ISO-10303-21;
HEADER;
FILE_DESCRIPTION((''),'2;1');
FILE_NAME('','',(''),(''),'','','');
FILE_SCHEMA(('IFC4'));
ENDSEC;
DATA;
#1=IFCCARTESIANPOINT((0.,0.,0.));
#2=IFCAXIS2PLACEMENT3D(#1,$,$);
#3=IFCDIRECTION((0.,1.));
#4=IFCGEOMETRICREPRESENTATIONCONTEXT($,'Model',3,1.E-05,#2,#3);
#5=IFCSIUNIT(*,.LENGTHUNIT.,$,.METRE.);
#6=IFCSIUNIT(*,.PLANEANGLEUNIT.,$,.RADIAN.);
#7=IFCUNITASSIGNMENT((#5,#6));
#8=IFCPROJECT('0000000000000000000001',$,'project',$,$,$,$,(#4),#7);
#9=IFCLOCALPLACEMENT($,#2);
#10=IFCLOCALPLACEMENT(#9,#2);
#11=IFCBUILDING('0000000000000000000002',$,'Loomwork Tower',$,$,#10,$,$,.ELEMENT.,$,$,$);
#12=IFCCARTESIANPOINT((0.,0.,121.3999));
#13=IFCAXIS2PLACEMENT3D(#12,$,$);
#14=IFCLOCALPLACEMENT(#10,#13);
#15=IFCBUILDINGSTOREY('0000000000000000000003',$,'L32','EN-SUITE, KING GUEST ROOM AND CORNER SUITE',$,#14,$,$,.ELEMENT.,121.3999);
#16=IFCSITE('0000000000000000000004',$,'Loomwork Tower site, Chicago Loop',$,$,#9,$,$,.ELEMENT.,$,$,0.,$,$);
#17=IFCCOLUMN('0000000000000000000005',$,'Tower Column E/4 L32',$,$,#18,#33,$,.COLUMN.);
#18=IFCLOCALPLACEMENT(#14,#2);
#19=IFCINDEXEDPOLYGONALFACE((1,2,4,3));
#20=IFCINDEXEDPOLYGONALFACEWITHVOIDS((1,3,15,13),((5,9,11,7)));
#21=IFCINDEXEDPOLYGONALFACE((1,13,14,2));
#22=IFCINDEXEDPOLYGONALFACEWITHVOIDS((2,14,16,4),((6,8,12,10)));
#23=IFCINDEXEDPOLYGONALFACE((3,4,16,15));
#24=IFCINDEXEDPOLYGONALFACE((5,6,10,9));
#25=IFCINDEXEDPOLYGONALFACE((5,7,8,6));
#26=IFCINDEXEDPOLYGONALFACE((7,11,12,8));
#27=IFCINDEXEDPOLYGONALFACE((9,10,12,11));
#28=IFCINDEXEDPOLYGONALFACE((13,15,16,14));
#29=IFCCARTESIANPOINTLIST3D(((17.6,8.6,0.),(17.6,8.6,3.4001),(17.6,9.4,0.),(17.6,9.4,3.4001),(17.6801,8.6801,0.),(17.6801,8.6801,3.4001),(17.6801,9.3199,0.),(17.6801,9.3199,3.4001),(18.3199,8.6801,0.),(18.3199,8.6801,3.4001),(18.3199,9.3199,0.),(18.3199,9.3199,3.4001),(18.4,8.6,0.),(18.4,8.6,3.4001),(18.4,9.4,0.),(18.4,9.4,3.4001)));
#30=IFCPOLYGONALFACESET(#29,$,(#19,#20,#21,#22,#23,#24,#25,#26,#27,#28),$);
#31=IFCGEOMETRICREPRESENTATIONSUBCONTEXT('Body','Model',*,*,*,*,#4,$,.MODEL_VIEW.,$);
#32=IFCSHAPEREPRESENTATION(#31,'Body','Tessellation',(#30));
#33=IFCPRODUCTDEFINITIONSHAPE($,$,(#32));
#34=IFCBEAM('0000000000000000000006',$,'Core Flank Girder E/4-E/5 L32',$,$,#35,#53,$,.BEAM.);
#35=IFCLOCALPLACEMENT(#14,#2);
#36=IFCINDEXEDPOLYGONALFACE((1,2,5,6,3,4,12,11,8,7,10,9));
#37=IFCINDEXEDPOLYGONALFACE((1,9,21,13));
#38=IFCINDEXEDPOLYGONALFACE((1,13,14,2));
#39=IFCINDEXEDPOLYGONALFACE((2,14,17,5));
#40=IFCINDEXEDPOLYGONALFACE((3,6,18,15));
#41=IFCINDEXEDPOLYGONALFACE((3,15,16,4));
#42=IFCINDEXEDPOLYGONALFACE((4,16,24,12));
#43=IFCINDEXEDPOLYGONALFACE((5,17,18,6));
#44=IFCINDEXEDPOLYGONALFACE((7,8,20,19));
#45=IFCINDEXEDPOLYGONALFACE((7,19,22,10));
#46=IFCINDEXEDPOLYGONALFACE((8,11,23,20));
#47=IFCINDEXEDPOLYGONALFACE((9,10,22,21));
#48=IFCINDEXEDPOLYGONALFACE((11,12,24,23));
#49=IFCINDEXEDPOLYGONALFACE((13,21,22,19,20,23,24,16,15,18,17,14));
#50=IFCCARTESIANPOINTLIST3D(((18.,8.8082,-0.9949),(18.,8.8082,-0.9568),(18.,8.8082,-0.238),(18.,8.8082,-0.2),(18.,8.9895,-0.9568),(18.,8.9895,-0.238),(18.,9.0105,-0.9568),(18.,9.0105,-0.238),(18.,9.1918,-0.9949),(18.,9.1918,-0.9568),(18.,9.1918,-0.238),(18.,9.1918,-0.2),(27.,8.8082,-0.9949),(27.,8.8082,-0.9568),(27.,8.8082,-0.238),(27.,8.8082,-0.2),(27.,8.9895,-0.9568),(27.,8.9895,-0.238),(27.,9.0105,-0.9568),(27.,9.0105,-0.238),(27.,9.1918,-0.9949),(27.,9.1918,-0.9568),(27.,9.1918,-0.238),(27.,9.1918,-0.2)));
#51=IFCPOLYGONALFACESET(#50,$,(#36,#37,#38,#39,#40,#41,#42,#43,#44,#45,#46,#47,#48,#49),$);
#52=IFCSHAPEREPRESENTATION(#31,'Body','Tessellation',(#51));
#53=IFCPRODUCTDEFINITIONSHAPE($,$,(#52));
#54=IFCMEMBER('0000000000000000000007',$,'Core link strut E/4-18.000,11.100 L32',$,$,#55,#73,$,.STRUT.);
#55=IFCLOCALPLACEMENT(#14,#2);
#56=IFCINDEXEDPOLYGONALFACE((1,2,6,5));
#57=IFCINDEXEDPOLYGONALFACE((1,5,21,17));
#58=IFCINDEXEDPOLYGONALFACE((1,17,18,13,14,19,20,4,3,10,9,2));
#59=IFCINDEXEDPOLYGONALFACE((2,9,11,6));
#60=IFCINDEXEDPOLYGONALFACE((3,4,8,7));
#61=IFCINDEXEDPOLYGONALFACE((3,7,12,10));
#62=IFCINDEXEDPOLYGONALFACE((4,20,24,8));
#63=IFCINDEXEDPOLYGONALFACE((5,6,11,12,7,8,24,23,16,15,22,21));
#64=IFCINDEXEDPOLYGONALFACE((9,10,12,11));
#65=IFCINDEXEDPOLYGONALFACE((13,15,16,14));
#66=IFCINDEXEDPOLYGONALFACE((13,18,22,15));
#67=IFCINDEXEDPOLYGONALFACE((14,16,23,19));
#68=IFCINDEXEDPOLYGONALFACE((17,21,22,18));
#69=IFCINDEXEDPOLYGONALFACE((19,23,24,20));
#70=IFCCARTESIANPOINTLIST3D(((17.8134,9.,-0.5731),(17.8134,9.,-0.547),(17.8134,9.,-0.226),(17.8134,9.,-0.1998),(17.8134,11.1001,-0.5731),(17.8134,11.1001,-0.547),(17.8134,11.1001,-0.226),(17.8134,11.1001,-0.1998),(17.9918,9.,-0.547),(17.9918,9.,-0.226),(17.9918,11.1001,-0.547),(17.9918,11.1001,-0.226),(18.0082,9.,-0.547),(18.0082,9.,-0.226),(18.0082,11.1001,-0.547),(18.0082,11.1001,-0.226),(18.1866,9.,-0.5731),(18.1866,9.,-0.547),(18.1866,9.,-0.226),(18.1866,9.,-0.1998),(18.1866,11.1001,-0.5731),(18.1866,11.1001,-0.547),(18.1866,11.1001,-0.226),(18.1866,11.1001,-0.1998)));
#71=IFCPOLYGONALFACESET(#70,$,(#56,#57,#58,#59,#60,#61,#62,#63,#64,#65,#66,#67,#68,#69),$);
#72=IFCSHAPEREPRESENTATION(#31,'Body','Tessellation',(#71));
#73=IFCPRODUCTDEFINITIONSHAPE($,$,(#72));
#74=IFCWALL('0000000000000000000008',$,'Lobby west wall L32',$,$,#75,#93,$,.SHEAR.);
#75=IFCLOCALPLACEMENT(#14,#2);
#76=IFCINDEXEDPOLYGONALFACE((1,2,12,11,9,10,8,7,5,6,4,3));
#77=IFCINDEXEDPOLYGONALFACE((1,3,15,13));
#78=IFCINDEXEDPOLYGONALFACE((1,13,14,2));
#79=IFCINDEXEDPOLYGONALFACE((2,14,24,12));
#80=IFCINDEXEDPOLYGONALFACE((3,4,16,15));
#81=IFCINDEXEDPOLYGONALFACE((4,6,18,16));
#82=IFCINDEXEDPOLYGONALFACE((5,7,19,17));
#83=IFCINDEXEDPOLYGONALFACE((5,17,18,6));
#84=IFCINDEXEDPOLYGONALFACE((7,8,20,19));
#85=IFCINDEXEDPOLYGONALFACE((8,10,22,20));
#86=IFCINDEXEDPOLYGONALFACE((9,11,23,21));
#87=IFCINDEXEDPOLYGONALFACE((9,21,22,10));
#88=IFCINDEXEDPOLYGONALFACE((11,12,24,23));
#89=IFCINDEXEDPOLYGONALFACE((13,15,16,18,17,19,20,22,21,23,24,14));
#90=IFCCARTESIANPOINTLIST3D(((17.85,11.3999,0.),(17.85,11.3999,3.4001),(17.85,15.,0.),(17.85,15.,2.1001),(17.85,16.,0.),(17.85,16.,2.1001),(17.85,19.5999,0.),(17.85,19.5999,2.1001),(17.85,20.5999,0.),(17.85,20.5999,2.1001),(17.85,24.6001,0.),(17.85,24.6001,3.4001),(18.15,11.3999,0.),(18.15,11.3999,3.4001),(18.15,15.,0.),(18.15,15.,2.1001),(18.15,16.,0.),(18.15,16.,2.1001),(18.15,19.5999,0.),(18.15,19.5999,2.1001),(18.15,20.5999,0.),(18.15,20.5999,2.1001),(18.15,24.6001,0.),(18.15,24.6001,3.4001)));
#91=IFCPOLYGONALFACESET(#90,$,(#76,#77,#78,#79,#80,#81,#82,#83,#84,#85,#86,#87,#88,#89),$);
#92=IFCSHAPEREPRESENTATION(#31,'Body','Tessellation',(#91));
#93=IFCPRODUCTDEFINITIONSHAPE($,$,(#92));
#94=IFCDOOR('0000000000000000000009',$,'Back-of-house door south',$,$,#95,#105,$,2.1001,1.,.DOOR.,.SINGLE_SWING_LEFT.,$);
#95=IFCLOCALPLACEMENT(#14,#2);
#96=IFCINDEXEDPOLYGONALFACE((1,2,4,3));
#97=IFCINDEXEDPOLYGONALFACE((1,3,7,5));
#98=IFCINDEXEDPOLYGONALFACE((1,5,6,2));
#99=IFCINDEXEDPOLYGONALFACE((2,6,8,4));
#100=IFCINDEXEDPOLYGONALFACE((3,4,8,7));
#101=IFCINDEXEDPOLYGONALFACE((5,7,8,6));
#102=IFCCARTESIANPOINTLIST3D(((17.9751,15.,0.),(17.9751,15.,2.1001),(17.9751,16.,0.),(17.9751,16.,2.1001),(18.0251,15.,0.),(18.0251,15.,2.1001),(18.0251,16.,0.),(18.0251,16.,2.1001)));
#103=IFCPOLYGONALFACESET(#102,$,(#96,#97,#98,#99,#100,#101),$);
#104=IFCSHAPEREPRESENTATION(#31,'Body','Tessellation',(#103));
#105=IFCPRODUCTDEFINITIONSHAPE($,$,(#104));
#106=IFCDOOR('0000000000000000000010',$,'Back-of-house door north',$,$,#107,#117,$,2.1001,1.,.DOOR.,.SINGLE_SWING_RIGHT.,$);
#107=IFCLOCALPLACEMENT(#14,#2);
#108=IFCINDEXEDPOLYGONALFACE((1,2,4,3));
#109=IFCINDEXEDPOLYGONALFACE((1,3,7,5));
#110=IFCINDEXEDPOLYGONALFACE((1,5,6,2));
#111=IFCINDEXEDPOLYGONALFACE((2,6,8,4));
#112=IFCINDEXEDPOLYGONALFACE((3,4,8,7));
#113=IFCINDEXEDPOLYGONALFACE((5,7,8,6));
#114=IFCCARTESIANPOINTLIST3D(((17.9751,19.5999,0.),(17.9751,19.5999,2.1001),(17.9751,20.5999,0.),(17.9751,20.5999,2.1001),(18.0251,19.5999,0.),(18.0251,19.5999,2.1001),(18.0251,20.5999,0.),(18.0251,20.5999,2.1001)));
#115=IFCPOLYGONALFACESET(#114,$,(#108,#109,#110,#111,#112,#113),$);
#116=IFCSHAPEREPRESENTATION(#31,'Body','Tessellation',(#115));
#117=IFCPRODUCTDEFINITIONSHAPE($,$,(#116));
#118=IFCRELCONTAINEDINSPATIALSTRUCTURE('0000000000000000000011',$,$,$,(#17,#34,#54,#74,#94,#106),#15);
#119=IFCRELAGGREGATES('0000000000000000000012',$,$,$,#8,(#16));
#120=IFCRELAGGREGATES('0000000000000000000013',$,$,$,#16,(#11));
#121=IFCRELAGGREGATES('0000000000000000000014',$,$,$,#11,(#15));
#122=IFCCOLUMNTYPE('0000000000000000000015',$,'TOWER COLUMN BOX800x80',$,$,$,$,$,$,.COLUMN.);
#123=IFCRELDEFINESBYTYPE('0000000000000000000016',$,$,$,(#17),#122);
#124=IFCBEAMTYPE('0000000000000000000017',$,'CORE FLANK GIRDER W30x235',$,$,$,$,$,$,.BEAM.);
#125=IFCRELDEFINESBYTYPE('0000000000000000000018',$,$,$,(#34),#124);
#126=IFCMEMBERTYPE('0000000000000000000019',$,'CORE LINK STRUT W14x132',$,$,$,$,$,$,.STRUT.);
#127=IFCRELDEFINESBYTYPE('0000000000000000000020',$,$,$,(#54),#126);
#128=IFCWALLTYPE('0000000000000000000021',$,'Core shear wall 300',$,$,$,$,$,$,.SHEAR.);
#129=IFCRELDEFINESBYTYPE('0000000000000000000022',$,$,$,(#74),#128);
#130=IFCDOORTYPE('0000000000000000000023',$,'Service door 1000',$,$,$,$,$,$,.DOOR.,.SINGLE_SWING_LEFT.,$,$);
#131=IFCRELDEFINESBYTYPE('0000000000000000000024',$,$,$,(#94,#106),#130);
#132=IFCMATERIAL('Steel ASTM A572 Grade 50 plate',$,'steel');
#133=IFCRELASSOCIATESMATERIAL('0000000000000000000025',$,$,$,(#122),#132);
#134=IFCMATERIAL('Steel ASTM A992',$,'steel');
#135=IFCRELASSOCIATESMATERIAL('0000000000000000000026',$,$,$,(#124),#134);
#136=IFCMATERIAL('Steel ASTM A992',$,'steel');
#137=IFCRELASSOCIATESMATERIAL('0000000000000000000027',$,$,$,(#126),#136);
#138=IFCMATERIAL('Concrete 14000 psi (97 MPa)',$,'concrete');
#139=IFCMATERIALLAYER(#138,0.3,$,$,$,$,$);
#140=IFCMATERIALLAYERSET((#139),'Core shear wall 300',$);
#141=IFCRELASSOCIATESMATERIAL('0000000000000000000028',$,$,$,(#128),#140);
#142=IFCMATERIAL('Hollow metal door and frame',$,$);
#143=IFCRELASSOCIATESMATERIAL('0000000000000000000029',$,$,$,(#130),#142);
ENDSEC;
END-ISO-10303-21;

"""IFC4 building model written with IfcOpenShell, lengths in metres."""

from ifc_helpers import new_model, si_unit, direction, frame, frame_2d, origin, origin_2d, place, context, subcontext, project, spatial, rectangle, hollow_rectangle, i_section, extrude, material, layer, layer_set, material_profile, profile_set, type_object, element, fill, save


model = new_model("IFC4")

# Units and contexts
model_context = context("Model", 3, precision=1e-05, world=origin(), true_north=direction((0.0, 1.0)))
body_context = subcontext(model_context, "Body", "Model", "MODEL_VIEW")
ifc_project = project(units=[si_unit("LENGTHUNIT", "METRE"), si_unit("PLANEANGLEUNIT", "RADIAN")], contexts=[model_context])

# Site, building, storey
site_placement = place(None, origin())
site = spatial("IfcSite", under=ifc_project, at=site_placement, Name="Loomwork Tower site, Chicago Loop", CompositionType="ELEMENT", RefElevation=0.0)
building_placement = place(site_placement, origin())
building = spatial("IfcBuilding", under=site, at=building_placement, Name="Loomwork Tower", CompositionType="ELEMENT")
storey_placement = place(building_placement, frame((0.0, 0.0, 121.3999)))
storey = spatial("IfcBuildingStorey", under=building, at=storey_placement, Name="L32", Description="EN-SUITE, KING GUEST ROOM AND CORNER SUITE", CompositionType="ELEMENT", Elevation=121.3999)

# Column
ifc_material_1 = material(Name="Steel ASTM A572 Grade 50 plate", Category="steel")
ifc_material_profile_1 = material_profile(ifc_material_1, hollow_rectangle(XDim=0.8, YDim=0.8, WallThickness=0.0801, at=origin_2d()), Name="BOX800x80")
ifc_profile_set_1 = profile_set([ifc_material_profile_1], Name="Steel ASTM A572 Grade 50 plate")
column_type = type_object("IfcColumnType", Name="TOWER COLUMN BOX800x80", PredefinedType="COLUMN", material=ifc_profile_set_1)
column_placement = place(storey_placement, frame((18.0, 9.0, 0.0), z_axis=(0.0, 0.0, 1.0), x_axis=(1.0, 0.0, 0.0)))
element("IfcColumn", 1, at=column_placement, inside=storey, type_object=column_type, Name="Tower Column E/4 L32", PredefinedType="COLUMN", context=body_context, shape_type="SweptSolid", body=[
    extrude(hollow_rectangle(XDim=0.8, YDim=0.8, WallThickness=0.0801, at=origin_2d()), origin(), (0.0, 0.0, 1.0), 3.4001),
])

# Beam
ifc_material_2 = material(Name="Steel ASTM A992", Category="steel")
ifc_material_profile_2 = material_profile(ifc_material_2, i_section(OverallWidth=0.3835, OverallDepth=0.7949, WebThickness=0.021, FlangeThickness=0.0381, at=origin_2d()), Name="W30x235")
ifc_profile_set_2 = profile_set([ifc_material_profile_2], Name="Steel ASTM A992")
beam_type = type_object("IfcBeamType", Name="CORE FLANK GIRDER W30x235", PredefinedType="BEAM", material=ifc_profile_set_2)
beam_placement = place(storey_placement, frame((18.0, 9.0, -0.5974), z_axis=(1.0, 0.0, 0.0), x_axis=(0.0, 1.0, 0.0)))
element("IfcBeam", 2, at=beam_placement, inside=storey, type_object=beam_type, Name="Core Flank Girder E/4-E/5 L32", PredefinedType="BEAM", context=body_context, shape_type="SweptSolid", body=[
    extrude(i_section(OverallWidth=0.3835, OverallDepth=0.7949, WebThickness=0.021, FlangeThickness=0.0381, at=origin_2d()), origin(), (0.0, 0.0, 1.0), 9.0),
])

# Member
ifc_material_3 = material(Name="Steel ASTM A992", Category="steel")
ifc_material_profile_3 = material_profile(ifc_material_3, i_section(OverallWidth=0.3733, OverallDepth=0.3733, WebThickness=0.0164, FlangeThickness=0.0261, at=origin_2d()), Name="W14x132")
ifc_profile_set_3 = profile_set([ifc_material_profile_3], Name="Steel ASTM A992")
member_type = type_object("IfcMemberType", Name="CORE LINK STRUT W14x132", PredefinedType="STRUT", material=ifc_profile_set_3)
member_placement = place(storey_placement, frame((18.0, 9.0, -0.3865), z_axis=(0.0, 1.0, 0.0), x_axis=(-1.0, 0.0, 0.0)))
element("IfcMember", 3, at=member_placement, inside=storey, type_object=member_type, Name="Core link strut E/4-18.000,11.100 L32", PredefinedType="STRUT", context=body_context, shape_type="SweptSolid", body=[
    extrude(i_section(OverallWidth=0.3733, OverallDepth=0.3733, WebThickness=0.0164, FlangeThickness=0.0261, at=origin_2d()), origin(), (0.0, 0.0, 1.0), 2.1001),
])

# Wall, openings, doors
ifc_material_4 = material(Name="Concrete 14000 psi (97 MPa)", Category="concrete")
ifc_layer_1 = layer(ifc_material_4, 0.3)
ifc_layer_set_1 = layer_set([ifc_layer_1], Name="Core shear wall 300")
wall_type_1 = type_object("IfcWallType", Name="Core shear wall 300", PredefinedType="SHEAR", material=ifc_layer_set_1)
wall_1_placement = place(storey_placement, frame((18.0, 11.3999, 0.0), z_axis=(0.0, 0.0, 1.0), x_axis=(0.0, 1.0, 0.0)))
wall_1 = element("IfcWall", 4, at=wall_1_placement, inside=storey, type_object=wall_type_1, Name="Lobby west wall L32", PredefinedType="SHEAR", context=body_context, shape_type="SweptSolid", body=[
    extrude(rectangle(XDim=13.2002, YDim=0.3, at=frame_2d((6.6001, 0.0))), origin(), (0.0, 0.0, 1.0), 3.4001),
])
opening_1_placement = place(wall_1_placement, frame((3.6001, 0.0, 0.0)))
opening_1 = element("IfcOpeningElement", 5, at=opening_1_placement, cuts=wall_1, PredefinedType="OPENING", context=body_context, shape_type="SweptSolid", body=[
    extrude(rectangle(XDim=1.0, YDim=2.1001, at=frame_2d((0.5, 1.05))), frame((0.0, 0.1599, 0.0), z_axis=(0.0, -1.0, 0.0), x_axis=(1.0, 0.0, 0.0)), (0.0, 0.0, 1.0), 0.3201),
])
opening_2_placement = place(wall_1_placement, frame((8.2, 0.0, 0.0)))
opening_2 = element("IfcOpeningElement", 6, at=opening_2_placement, cuts=wall_1, PredefinedType="OPENING", context=body_context, shape_type="SweptSolid", body=[
    extrude(rectangle(XDim=1.0, YDim=2.1001, at=frame_2d((0.5, 1.05))), frame((0.0, 0.1599, 0.0), z_axis=(0.0, -1.0, 0.0), x_axis=(1.0, 0.0, 0.0)), (0.0, 0.0, 1.0), 0.3201),
])
ifc_material_5 = material(Name="Hollow metal door and frame")
door_type_1 = type_object("IfcDoorType", Name="Service door 1000", OperationType="SINGLE_SWING_LEFT", PredefinedType="DOOR", material=ifc_material_5)
door_1_placement = place(opening_1_placement, origin())
door_1 = element("IfcDoor", 7, at=door_1_placement, inside=storey, type_object=door_type_1, Name="Back-of-house door south", OperationType="SINGLE_SWING_LEFT", OverallHeight=2.1001, OverallWidth=1.0, PredefinedType="DOOR", context=body_context, shape_type="SweptSolid", body=[
    extrude(rectangle(XDim=1.0, YDim=2.1001, at=frame_2d((0.5, 1.05))), frame((0.0, 0.0249, 0.0), z_axis=(0.0, -1.0, 0.0), x_axis=(1.0, 0.0, 0.0)), (0.0, 0.0, 1.0), 0.05),
])
fill(opening_1, door_1)
door_2_placement = place(opening_2_placement, origin())
door_2 = element("IfcDoor", 8, at=door_2_placement, inside=storey, type_object=door_type_1, Name="Back-of-house door north", OperationType="SINGLE_SWING_RIGHT", OverallHeight=2.1001, OverallWidth=1.0, PredefinedType="DOOR", context=body_context, shape_type="SweptSolid", body=[
    extrude(rectangle(XDim=1.0, YDim=2.1001, at=frame_2d((0.5, 1.05))), frame((0.0, 0.0249, 0.0), z_axis=(0.0, -1.0, 0.0), x_axis=(1.0, 0.0, 0.0)), (0.0, 0.0, 1.0), 0.05),
])
fill(opening_2, door_2)

save(model, "model.ifc")
